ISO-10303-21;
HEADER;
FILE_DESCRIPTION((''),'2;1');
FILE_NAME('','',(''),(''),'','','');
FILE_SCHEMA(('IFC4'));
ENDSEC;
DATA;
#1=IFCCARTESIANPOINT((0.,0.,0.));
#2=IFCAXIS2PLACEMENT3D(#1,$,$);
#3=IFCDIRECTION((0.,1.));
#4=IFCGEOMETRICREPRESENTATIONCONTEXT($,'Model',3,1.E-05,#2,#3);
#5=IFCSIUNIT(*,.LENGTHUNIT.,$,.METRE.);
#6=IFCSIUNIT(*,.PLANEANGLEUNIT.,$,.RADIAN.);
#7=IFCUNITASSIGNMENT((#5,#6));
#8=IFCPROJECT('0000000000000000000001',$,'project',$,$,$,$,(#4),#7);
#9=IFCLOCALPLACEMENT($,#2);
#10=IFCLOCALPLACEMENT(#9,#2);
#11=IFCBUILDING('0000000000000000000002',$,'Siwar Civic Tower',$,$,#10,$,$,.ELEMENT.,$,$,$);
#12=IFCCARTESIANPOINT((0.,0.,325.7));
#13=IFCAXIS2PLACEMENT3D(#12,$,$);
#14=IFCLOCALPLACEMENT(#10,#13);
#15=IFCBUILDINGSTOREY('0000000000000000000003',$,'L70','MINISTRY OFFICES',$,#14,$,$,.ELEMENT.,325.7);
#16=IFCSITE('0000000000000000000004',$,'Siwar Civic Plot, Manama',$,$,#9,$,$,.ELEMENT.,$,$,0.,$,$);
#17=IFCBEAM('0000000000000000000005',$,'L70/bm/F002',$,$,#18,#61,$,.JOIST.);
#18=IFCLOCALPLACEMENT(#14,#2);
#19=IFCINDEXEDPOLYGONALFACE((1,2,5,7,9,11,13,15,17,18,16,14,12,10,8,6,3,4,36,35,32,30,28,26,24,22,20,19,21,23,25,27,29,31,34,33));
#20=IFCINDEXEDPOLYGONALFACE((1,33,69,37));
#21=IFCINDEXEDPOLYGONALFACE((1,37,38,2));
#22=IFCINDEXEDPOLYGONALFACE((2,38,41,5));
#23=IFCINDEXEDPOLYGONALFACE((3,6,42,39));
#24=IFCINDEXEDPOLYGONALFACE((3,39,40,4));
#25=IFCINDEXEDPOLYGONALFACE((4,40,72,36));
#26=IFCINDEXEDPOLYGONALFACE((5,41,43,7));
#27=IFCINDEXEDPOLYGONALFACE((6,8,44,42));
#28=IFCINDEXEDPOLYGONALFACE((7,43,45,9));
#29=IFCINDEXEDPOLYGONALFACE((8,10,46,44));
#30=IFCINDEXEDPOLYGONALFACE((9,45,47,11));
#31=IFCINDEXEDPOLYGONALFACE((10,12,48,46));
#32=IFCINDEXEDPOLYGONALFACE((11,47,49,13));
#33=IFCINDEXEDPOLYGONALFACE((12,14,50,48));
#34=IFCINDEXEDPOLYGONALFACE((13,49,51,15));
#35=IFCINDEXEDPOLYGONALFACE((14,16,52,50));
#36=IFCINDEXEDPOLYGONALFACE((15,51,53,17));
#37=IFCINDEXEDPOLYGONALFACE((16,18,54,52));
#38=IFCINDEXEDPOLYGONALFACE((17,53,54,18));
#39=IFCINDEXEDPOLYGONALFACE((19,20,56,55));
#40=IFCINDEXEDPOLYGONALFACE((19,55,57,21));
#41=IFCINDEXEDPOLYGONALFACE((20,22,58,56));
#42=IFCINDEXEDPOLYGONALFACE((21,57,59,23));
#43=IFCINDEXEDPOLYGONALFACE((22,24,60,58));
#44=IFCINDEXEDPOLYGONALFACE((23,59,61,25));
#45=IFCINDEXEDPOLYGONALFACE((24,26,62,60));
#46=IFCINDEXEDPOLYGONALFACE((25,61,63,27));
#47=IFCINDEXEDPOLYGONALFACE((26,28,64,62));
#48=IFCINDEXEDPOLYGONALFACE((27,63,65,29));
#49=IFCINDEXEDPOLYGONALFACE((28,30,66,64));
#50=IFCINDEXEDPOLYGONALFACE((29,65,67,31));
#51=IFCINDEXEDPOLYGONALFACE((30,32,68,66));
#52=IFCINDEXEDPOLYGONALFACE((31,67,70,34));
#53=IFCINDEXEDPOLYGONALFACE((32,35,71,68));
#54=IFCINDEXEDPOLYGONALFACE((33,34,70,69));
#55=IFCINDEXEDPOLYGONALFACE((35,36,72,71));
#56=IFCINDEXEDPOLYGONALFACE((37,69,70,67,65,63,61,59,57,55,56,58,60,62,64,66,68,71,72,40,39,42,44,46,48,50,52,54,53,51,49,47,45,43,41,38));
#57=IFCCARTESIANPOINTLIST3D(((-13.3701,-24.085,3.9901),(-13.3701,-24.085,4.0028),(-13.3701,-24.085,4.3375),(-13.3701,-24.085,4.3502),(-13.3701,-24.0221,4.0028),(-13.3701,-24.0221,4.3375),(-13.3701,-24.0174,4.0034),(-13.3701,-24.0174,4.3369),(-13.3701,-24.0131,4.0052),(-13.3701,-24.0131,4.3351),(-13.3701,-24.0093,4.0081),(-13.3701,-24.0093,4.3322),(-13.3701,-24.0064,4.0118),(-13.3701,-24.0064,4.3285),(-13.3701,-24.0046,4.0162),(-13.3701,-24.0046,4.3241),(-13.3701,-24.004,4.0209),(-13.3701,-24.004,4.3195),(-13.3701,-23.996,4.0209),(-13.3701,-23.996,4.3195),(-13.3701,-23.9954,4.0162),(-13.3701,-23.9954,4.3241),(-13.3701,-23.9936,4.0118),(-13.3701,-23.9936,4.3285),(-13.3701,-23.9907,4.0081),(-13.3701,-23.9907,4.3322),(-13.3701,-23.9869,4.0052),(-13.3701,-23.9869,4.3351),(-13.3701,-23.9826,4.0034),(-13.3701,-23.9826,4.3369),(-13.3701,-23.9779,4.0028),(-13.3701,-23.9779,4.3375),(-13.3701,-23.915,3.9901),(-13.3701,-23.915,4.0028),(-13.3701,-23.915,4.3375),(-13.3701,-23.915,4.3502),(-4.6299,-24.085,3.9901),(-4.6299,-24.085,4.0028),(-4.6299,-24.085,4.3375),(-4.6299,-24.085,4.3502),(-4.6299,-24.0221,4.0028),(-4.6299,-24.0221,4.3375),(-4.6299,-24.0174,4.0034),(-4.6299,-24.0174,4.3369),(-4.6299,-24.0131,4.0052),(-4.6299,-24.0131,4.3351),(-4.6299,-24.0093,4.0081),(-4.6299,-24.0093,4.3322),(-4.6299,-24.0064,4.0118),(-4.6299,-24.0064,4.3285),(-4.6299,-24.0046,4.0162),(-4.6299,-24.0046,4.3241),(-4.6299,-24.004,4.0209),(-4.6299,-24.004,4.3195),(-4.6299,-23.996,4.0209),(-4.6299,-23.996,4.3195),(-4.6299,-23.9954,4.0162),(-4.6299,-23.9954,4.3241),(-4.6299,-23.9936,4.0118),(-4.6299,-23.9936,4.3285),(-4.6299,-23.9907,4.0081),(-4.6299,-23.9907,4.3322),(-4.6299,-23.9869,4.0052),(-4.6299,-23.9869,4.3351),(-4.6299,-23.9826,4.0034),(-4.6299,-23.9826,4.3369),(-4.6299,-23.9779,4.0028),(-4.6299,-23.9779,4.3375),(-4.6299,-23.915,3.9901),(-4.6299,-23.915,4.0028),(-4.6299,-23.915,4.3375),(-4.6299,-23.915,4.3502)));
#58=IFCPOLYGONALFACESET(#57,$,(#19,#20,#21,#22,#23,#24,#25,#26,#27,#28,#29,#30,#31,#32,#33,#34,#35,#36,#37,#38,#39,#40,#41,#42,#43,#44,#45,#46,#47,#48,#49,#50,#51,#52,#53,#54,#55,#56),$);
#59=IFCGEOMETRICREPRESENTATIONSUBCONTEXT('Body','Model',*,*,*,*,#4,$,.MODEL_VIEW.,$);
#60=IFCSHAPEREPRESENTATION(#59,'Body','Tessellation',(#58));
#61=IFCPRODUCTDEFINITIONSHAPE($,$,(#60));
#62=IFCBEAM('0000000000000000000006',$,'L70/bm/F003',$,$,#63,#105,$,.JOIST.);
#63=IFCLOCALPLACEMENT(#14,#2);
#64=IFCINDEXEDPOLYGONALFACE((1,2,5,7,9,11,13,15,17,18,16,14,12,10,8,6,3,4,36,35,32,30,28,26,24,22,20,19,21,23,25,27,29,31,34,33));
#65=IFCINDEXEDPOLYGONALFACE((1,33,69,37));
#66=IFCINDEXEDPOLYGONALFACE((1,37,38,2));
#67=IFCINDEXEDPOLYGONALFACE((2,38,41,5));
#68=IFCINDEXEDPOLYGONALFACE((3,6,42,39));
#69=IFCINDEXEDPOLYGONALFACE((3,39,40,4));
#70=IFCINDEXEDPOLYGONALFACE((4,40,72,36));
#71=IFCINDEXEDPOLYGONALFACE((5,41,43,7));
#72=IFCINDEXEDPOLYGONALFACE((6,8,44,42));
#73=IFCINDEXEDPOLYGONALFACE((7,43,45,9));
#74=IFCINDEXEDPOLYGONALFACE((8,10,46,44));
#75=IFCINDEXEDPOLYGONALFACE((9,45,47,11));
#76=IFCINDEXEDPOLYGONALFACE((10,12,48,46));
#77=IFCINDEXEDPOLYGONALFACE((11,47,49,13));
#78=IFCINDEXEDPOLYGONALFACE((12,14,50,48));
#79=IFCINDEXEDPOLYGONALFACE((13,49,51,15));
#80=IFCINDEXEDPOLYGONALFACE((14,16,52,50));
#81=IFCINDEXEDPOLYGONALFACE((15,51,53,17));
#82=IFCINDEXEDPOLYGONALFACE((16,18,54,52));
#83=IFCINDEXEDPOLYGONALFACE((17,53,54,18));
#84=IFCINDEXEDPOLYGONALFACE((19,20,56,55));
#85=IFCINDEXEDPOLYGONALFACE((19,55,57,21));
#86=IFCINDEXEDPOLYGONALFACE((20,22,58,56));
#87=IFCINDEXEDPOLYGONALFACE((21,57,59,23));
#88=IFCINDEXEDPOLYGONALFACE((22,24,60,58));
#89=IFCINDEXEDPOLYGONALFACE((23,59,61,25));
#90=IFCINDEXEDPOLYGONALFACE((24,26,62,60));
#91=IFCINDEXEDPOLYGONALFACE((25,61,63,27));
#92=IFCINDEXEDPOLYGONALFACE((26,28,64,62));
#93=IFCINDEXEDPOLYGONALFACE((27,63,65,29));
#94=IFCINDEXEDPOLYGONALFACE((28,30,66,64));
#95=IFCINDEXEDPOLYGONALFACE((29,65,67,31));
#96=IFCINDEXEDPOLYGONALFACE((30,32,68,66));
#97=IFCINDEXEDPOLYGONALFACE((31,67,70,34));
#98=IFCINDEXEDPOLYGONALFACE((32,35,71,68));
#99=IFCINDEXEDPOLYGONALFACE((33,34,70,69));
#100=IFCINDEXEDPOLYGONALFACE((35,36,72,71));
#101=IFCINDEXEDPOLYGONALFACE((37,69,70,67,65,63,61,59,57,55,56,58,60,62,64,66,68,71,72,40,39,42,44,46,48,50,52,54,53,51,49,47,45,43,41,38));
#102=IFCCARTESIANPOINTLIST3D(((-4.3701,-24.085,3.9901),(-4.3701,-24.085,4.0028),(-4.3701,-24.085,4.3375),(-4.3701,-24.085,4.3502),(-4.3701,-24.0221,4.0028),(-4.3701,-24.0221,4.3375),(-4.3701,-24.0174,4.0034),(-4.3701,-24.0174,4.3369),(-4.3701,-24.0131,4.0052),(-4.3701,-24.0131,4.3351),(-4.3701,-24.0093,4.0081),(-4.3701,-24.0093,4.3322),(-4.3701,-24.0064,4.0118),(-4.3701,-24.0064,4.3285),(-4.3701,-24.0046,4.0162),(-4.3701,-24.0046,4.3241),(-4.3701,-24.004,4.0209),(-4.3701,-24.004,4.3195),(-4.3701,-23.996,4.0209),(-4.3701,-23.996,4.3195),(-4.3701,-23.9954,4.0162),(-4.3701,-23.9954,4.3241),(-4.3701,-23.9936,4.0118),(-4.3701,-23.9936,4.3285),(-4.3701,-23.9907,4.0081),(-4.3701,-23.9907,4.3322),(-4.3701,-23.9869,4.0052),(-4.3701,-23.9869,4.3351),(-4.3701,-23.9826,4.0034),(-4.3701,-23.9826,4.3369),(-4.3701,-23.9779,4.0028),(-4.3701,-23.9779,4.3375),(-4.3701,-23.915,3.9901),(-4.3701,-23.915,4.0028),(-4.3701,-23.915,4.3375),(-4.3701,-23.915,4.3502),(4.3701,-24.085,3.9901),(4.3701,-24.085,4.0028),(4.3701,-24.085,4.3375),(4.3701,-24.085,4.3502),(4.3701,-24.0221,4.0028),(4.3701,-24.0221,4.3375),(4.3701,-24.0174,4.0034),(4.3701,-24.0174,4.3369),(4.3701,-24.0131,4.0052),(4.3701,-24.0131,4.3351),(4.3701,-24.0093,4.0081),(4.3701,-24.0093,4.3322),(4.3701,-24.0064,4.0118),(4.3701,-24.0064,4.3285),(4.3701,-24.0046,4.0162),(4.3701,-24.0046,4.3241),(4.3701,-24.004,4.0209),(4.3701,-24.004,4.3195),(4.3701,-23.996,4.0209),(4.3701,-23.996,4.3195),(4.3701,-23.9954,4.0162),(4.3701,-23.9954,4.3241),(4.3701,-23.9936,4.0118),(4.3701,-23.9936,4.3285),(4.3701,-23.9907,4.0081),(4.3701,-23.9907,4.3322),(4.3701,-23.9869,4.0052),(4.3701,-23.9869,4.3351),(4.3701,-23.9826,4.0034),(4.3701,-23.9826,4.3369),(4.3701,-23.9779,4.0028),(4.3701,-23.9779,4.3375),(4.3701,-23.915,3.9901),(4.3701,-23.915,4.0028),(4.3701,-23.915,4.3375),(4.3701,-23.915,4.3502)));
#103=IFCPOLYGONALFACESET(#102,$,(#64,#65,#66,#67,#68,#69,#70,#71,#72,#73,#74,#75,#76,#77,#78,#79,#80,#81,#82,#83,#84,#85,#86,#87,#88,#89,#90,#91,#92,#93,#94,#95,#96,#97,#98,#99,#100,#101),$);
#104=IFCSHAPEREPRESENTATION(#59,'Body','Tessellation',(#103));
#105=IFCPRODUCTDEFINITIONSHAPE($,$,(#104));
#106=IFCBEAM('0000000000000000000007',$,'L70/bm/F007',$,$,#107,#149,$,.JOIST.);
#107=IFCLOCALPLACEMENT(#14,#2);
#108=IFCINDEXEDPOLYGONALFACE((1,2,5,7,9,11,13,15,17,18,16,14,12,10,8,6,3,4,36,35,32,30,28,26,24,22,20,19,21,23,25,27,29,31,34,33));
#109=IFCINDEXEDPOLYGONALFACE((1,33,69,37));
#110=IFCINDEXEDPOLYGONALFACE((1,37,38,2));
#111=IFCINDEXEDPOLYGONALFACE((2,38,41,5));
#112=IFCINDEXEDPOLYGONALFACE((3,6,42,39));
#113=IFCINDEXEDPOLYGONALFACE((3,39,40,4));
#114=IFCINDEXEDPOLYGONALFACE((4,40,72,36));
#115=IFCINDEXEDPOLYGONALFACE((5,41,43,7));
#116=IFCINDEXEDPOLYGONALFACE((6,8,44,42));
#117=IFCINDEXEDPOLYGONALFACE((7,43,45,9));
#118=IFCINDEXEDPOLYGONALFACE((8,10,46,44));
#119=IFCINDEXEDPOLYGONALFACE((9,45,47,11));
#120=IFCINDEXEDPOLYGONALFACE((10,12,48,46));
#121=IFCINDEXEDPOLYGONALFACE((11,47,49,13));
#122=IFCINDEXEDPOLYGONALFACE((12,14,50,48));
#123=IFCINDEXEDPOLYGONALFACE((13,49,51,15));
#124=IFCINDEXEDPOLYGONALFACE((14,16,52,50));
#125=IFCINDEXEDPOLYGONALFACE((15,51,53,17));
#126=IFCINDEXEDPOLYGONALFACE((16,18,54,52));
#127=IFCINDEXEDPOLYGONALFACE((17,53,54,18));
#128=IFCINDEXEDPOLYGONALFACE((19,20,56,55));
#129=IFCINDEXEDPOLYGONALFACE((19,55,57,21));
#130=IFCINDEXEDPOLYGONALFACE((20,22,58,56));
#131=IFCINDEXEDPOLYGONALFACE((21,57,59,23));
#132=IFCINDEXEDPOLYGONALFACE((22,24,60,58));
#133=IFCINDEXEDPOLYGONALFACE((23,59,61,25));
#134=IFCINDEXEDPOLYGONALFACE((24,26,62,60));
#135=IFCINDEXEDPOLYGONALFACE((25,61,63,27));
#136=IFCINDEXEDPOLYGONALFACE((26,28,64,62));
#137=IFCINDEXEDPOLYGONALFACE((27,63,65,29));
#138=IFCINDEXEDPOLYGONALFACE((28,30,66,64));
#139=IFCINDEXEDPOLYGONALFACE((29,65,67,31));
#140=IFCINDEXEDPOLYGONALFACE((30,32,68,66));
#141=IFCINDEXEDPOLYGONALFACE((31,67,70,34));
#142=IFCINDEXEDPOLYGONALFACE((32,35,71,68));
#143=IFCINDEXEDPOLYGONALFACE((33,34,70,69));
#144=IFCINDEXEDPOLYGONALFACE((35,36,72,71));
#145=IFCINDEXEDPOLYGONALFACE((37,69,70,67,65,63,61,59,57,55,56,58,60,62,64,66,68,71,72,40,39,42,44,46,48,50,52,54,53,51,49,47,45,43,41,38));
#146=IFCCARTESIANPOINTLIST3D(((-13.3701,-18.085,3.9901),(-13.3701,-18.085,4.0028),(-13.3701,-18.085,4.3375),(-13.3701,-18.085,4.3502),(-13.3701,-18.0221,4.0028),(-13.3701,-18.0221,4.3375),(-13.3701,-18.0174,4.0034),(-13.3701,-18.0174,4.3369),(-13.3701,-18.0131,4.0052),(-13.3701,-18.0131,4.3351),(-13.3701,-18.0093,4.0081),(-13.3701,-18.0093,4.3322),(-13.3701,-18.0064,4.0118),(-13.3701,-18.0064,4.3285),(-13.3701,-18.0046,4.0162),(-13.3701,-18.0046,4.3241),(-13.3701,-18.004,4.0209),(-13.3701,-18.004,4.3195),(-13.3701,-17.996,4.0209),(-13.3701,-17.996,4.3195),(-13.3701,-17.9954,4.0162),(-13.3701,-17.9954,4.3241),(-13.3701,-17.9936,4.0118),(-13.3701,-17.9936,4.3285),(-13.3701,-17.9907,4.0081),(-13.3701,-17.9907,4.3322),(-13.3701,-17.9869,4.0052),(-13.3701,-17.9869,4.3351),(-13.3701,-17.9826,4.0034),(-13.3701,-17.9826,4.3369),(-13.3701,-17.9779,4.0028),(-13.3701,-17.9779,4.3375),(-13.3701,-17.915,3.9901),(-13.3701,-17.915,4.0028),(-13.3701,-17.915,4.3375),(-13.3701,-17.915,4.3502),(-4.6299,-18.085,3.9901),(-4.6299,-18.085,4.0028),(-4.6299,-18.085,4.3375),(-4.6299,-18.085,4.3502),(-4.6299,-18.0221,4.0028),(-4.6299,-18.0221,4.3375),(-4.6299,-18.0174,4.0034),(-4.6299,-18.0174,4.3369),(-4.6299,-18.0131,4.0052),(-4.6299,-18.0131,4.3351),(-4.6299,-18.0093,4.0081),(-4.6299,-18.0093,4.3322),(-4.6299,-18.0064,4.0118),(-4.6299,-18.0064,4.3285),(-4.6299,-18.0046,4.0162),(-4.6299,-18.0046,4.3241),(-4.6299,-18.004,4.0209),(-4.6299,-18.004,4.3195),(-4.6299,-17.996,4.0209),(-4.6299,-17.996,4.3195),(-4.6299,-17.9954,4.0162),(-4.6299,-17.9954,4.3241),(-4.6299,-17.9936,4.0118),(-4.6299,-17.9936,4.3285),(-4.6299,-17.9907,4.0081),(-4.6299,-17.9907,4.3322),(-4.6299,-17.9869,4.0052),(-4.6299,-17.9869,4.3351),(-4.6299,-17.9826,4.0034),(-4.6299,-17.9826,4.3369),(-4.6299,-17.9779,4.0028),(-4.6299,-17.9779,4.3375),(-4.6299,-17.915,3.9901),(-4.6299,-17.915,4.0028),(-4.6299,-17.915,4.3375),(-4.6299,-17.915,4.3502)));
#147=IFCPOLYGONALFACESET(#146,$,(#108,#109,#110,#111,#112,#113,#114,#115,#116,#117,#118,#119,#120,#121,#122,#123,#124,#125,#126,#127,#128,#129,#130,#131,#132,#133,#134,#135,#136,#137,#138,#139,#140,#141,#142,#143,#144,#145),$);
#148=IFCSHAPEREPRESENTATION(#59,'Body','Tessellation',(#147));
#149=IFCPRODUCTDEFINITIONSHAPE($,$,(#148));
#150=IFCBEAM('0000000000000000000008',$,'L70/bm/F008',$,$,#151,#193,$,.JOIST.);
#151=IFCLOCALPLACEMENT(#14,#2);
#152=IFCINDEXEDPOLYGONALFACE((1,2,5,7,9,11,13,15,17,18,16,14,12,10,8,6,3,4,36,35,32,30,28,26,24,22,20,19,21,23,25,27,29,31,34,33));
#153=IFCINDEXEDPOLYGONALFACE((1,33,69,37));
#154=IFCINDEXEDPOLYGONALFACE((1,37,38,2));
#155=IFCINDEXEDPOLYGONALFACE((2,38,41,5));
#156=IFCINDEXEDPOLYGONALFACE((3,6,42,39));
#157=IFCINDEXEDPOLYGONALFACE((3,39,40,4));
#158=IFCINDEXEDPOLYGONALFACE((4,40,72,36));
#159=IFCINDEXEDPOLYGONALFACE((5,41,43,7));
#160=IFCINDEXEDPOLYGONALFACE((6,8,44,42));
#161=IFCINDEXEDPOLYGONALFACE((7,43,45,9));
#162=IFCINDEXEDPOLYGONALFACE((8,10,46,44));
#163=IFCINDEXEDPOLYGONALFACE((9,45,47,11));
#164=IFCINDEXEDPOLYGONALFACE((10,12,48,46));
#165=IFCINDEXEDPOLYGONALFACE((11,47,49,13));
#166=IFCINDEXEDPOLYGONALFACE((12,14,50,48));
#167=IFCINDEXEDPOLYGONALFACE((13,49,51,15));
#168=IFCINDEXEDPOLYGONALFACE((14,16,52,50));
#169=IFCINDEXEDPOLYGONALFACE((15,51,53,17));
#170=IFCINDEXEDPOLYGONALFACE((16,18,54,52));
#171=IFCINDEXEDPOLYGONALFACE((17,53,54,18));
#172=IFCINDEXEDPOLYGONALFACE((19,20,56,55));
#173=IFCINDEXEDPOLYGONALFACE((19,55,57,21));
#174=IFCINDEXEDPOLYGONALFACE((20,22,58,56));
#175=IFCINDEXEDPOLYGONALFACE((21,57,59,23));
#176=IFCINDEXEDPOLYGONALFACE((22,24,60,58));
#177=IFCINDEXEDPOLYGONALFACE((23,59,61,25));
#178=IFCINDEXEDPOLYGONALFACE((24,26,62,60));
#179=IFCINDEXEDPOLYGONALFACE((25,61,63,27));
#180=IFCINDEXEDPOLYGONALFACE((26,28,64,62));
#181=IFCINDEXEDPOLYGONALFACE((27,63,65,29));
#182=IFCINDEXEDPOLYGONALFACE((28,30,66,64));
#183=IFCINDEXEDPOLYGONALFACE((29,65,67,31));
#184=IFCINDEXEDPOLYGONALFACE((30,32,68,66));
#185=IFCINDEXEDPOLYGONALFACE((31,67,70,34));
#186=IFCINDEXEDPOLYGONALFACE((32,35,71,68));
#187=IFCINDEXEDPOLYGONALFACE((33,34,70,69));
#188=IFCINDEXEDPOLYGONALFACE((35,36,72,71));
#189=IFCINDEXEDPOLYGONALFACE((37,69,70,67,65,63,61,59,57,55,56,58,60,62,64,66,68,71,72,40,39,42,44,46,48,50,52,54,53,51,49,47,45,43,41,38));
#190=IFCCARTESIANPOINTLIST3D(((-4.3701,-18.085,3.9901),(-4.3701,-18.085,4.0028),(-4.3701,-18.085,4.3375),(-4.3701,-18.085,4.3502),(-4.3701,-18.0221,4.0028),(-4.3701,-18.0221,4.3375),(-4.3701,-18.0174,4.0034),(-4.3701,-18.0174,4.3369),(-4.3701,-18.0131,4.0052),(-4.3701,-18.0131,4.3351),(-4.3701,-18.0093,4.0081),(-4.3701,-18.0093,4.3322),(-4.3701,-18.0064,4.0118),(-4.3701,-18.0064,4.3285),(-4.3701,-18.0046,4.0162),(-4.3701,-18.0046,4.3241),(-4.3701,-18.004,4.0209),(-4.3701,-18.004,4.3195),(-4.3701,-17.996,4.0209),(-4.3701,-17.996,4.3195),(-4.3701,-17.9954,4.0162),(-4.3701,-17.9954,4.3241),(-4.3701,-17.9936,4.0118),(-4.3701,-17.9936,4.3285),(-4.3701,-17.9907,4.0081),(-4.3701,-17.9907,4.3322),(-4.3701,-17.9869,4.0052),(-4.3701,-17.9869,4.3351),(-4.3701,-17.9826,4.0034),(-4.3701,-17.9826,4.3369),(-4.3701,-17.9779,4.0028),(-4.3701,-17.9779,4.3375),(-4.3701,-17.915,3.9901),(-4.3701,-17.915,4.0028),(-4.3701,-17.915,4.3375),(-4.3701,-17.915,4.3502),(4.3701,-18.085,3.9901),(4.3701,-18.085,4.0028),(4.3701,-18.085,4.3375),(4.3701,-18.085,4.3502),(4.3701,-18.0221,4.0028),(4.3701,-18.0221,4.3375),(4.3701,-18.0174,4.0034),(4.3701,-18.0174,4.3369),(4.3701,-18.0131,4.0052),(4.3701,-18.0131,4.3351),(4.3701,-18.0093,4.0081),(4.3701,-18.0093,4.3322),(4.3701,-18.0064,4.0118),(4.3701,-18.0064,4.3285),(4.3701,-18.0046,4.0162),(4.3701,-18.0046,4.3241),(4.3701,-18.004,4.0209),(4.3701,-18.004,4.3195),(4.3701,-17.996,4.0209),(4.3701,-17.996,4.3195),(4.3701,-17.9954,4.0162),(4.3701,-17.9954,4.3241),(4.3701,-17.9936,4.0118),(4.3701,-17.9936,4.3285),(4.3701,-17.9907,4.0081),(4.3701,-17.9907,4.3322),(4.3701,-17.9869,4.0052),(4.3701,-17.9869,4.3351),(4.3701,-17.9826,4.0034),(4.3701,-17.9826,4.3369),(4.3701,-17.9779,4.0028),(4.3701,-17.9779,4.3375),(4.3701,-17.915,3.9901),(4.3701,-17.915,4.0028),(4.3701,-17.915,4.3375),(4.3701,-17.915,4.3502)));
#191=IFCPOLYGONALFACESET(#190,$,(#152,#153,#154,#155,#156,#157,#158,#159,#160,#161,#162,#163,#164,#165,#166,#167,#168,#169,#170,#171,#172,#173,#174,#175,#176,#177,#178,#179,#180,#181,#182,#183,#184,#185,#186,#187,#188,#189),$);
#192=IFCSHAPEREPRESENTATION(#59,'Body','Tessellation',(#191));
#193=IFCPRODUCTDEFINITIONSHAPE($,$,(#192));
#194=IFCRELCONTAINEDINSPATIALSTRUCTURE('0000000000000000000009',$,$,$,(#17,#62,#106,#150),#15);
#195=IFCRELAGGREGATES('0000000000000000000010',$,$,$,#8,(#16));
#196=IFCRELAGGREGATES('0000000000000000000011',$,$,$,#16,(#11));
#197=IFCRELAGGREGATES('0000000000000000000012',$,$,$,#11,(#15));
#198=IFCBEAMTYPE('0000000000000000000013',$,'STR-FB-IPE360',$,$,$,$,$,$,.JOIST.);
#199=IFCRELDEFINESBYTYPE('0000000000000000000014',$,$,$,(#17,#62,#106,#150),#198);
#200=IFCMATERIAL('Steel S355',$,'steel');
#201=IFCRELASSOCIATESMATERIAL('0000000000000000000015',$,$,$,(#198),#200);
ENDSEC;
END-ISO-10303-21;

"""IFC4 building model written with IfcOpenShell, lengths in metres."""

from ifc_helpers import new_model, si_unit, direction, frame, origin, origin_2d, place, context, subcontext, project, spatial, i_section, extrude, material, material_profile, profile_set, type_object, element, save


model = new_model("IFC4")

# Units and contexts
model_context = context("Model", 3, precision=1e-05, world=origin(), true_north=direction((0.0, 1.0)))
body_context = subcontext(model_context, "Body", "Model", "MODEL_VIEW")
ifc_project = project(units=[si_unit("LENGTHUNIT", "METRE"), si_unit("PLANEANGLEUNIT", "RADIAN")], contexts=[model_context])

# Site, building, storey
site_placement = place(None, origin())
site = spatial("IfcSite", under=ifc_project, at=site_placement, Name="Siwar Civic Plot, Manama", CompositionType="ELEMENT", RefElevation=0.0)
building_placement = place(site_placement, origin())
building = spatial("IfcBuilding", under=site, at=building_placement, Name="Siwar Civic Tower", CompositionType="ELEMENT")
storey_placement = place(building_placement, frame((0.0, 0.0, 325.7)))
storey = spatial("IfcBuildingStorey", under=building, at=storey_placement, Name="L70", Description="MINISTRY OFFICES", CompositionType="ELEMENT", Elevation=325.7)

# Beams
ifc_material_1 = material(Name="Steel S355", Category="steel")
ifc_material_profile_1 = material_profile(ifc_material_1, i_section(OverallWidth=0.1699, OverallDepth=0.3601, WebThickness=0.0081, FlangeThickness=0.0127, FilletRadius=0.0181, at=origin_2d()), Name="IPE360")
ifc_profile_set_1 = profile_set([ifc_material_profile_1], Name="Steel S355")
beam_type_1 = type_object("IfcBeamType", Name="STR-FB-IPE360", PredefinedType="JOIST", material=ifc_profile_set_1)
for number, where, z_axis, x_axis, name in (
    (1, (-13.3701, -24.0, 4.1702), (1.0, 0.0, 0.0), (0.0, 1.0, 0.0), "L70/bm/F002"),
    (2, (-4.3701, -24.0, 4.1702), (1.0, 0.0, 0.0), (0.0, 1.0, 0.0), "L70/bm/F003"),
    (3, (-13.3701, -18.0, 4.1702), (1.0, 0.0, 0.0), (0.0, 1.0, 0.0), "L70/bm/F007"),
    (4, (-4.3701, -18.0, 4.1702), (1.0, 0.0, 0.0), (0.0, 1.0, 0.0), "L70/bm/F008"),
):
    element("IfcBeam", number, at=place(storey_placement, frame(where, z_axis=z_axis, x_axis=x_axis)), inside=storey, type_object=beam_type_1, Name=name, PredefinedType="JOIST", context=body_context, shape_type="SweptSolid", body=[
        extrude(i_section(OverallWidth=0.1699, OverallDepth=0.3601, WebThickness=0.0081, FlangeThickness=0.0127, FilletRadius=0.0181, at=origin_2d()), origin(), (0.0, 0.0, 1.0), 8.7402),
    ])

save(model, "model.ifc")
